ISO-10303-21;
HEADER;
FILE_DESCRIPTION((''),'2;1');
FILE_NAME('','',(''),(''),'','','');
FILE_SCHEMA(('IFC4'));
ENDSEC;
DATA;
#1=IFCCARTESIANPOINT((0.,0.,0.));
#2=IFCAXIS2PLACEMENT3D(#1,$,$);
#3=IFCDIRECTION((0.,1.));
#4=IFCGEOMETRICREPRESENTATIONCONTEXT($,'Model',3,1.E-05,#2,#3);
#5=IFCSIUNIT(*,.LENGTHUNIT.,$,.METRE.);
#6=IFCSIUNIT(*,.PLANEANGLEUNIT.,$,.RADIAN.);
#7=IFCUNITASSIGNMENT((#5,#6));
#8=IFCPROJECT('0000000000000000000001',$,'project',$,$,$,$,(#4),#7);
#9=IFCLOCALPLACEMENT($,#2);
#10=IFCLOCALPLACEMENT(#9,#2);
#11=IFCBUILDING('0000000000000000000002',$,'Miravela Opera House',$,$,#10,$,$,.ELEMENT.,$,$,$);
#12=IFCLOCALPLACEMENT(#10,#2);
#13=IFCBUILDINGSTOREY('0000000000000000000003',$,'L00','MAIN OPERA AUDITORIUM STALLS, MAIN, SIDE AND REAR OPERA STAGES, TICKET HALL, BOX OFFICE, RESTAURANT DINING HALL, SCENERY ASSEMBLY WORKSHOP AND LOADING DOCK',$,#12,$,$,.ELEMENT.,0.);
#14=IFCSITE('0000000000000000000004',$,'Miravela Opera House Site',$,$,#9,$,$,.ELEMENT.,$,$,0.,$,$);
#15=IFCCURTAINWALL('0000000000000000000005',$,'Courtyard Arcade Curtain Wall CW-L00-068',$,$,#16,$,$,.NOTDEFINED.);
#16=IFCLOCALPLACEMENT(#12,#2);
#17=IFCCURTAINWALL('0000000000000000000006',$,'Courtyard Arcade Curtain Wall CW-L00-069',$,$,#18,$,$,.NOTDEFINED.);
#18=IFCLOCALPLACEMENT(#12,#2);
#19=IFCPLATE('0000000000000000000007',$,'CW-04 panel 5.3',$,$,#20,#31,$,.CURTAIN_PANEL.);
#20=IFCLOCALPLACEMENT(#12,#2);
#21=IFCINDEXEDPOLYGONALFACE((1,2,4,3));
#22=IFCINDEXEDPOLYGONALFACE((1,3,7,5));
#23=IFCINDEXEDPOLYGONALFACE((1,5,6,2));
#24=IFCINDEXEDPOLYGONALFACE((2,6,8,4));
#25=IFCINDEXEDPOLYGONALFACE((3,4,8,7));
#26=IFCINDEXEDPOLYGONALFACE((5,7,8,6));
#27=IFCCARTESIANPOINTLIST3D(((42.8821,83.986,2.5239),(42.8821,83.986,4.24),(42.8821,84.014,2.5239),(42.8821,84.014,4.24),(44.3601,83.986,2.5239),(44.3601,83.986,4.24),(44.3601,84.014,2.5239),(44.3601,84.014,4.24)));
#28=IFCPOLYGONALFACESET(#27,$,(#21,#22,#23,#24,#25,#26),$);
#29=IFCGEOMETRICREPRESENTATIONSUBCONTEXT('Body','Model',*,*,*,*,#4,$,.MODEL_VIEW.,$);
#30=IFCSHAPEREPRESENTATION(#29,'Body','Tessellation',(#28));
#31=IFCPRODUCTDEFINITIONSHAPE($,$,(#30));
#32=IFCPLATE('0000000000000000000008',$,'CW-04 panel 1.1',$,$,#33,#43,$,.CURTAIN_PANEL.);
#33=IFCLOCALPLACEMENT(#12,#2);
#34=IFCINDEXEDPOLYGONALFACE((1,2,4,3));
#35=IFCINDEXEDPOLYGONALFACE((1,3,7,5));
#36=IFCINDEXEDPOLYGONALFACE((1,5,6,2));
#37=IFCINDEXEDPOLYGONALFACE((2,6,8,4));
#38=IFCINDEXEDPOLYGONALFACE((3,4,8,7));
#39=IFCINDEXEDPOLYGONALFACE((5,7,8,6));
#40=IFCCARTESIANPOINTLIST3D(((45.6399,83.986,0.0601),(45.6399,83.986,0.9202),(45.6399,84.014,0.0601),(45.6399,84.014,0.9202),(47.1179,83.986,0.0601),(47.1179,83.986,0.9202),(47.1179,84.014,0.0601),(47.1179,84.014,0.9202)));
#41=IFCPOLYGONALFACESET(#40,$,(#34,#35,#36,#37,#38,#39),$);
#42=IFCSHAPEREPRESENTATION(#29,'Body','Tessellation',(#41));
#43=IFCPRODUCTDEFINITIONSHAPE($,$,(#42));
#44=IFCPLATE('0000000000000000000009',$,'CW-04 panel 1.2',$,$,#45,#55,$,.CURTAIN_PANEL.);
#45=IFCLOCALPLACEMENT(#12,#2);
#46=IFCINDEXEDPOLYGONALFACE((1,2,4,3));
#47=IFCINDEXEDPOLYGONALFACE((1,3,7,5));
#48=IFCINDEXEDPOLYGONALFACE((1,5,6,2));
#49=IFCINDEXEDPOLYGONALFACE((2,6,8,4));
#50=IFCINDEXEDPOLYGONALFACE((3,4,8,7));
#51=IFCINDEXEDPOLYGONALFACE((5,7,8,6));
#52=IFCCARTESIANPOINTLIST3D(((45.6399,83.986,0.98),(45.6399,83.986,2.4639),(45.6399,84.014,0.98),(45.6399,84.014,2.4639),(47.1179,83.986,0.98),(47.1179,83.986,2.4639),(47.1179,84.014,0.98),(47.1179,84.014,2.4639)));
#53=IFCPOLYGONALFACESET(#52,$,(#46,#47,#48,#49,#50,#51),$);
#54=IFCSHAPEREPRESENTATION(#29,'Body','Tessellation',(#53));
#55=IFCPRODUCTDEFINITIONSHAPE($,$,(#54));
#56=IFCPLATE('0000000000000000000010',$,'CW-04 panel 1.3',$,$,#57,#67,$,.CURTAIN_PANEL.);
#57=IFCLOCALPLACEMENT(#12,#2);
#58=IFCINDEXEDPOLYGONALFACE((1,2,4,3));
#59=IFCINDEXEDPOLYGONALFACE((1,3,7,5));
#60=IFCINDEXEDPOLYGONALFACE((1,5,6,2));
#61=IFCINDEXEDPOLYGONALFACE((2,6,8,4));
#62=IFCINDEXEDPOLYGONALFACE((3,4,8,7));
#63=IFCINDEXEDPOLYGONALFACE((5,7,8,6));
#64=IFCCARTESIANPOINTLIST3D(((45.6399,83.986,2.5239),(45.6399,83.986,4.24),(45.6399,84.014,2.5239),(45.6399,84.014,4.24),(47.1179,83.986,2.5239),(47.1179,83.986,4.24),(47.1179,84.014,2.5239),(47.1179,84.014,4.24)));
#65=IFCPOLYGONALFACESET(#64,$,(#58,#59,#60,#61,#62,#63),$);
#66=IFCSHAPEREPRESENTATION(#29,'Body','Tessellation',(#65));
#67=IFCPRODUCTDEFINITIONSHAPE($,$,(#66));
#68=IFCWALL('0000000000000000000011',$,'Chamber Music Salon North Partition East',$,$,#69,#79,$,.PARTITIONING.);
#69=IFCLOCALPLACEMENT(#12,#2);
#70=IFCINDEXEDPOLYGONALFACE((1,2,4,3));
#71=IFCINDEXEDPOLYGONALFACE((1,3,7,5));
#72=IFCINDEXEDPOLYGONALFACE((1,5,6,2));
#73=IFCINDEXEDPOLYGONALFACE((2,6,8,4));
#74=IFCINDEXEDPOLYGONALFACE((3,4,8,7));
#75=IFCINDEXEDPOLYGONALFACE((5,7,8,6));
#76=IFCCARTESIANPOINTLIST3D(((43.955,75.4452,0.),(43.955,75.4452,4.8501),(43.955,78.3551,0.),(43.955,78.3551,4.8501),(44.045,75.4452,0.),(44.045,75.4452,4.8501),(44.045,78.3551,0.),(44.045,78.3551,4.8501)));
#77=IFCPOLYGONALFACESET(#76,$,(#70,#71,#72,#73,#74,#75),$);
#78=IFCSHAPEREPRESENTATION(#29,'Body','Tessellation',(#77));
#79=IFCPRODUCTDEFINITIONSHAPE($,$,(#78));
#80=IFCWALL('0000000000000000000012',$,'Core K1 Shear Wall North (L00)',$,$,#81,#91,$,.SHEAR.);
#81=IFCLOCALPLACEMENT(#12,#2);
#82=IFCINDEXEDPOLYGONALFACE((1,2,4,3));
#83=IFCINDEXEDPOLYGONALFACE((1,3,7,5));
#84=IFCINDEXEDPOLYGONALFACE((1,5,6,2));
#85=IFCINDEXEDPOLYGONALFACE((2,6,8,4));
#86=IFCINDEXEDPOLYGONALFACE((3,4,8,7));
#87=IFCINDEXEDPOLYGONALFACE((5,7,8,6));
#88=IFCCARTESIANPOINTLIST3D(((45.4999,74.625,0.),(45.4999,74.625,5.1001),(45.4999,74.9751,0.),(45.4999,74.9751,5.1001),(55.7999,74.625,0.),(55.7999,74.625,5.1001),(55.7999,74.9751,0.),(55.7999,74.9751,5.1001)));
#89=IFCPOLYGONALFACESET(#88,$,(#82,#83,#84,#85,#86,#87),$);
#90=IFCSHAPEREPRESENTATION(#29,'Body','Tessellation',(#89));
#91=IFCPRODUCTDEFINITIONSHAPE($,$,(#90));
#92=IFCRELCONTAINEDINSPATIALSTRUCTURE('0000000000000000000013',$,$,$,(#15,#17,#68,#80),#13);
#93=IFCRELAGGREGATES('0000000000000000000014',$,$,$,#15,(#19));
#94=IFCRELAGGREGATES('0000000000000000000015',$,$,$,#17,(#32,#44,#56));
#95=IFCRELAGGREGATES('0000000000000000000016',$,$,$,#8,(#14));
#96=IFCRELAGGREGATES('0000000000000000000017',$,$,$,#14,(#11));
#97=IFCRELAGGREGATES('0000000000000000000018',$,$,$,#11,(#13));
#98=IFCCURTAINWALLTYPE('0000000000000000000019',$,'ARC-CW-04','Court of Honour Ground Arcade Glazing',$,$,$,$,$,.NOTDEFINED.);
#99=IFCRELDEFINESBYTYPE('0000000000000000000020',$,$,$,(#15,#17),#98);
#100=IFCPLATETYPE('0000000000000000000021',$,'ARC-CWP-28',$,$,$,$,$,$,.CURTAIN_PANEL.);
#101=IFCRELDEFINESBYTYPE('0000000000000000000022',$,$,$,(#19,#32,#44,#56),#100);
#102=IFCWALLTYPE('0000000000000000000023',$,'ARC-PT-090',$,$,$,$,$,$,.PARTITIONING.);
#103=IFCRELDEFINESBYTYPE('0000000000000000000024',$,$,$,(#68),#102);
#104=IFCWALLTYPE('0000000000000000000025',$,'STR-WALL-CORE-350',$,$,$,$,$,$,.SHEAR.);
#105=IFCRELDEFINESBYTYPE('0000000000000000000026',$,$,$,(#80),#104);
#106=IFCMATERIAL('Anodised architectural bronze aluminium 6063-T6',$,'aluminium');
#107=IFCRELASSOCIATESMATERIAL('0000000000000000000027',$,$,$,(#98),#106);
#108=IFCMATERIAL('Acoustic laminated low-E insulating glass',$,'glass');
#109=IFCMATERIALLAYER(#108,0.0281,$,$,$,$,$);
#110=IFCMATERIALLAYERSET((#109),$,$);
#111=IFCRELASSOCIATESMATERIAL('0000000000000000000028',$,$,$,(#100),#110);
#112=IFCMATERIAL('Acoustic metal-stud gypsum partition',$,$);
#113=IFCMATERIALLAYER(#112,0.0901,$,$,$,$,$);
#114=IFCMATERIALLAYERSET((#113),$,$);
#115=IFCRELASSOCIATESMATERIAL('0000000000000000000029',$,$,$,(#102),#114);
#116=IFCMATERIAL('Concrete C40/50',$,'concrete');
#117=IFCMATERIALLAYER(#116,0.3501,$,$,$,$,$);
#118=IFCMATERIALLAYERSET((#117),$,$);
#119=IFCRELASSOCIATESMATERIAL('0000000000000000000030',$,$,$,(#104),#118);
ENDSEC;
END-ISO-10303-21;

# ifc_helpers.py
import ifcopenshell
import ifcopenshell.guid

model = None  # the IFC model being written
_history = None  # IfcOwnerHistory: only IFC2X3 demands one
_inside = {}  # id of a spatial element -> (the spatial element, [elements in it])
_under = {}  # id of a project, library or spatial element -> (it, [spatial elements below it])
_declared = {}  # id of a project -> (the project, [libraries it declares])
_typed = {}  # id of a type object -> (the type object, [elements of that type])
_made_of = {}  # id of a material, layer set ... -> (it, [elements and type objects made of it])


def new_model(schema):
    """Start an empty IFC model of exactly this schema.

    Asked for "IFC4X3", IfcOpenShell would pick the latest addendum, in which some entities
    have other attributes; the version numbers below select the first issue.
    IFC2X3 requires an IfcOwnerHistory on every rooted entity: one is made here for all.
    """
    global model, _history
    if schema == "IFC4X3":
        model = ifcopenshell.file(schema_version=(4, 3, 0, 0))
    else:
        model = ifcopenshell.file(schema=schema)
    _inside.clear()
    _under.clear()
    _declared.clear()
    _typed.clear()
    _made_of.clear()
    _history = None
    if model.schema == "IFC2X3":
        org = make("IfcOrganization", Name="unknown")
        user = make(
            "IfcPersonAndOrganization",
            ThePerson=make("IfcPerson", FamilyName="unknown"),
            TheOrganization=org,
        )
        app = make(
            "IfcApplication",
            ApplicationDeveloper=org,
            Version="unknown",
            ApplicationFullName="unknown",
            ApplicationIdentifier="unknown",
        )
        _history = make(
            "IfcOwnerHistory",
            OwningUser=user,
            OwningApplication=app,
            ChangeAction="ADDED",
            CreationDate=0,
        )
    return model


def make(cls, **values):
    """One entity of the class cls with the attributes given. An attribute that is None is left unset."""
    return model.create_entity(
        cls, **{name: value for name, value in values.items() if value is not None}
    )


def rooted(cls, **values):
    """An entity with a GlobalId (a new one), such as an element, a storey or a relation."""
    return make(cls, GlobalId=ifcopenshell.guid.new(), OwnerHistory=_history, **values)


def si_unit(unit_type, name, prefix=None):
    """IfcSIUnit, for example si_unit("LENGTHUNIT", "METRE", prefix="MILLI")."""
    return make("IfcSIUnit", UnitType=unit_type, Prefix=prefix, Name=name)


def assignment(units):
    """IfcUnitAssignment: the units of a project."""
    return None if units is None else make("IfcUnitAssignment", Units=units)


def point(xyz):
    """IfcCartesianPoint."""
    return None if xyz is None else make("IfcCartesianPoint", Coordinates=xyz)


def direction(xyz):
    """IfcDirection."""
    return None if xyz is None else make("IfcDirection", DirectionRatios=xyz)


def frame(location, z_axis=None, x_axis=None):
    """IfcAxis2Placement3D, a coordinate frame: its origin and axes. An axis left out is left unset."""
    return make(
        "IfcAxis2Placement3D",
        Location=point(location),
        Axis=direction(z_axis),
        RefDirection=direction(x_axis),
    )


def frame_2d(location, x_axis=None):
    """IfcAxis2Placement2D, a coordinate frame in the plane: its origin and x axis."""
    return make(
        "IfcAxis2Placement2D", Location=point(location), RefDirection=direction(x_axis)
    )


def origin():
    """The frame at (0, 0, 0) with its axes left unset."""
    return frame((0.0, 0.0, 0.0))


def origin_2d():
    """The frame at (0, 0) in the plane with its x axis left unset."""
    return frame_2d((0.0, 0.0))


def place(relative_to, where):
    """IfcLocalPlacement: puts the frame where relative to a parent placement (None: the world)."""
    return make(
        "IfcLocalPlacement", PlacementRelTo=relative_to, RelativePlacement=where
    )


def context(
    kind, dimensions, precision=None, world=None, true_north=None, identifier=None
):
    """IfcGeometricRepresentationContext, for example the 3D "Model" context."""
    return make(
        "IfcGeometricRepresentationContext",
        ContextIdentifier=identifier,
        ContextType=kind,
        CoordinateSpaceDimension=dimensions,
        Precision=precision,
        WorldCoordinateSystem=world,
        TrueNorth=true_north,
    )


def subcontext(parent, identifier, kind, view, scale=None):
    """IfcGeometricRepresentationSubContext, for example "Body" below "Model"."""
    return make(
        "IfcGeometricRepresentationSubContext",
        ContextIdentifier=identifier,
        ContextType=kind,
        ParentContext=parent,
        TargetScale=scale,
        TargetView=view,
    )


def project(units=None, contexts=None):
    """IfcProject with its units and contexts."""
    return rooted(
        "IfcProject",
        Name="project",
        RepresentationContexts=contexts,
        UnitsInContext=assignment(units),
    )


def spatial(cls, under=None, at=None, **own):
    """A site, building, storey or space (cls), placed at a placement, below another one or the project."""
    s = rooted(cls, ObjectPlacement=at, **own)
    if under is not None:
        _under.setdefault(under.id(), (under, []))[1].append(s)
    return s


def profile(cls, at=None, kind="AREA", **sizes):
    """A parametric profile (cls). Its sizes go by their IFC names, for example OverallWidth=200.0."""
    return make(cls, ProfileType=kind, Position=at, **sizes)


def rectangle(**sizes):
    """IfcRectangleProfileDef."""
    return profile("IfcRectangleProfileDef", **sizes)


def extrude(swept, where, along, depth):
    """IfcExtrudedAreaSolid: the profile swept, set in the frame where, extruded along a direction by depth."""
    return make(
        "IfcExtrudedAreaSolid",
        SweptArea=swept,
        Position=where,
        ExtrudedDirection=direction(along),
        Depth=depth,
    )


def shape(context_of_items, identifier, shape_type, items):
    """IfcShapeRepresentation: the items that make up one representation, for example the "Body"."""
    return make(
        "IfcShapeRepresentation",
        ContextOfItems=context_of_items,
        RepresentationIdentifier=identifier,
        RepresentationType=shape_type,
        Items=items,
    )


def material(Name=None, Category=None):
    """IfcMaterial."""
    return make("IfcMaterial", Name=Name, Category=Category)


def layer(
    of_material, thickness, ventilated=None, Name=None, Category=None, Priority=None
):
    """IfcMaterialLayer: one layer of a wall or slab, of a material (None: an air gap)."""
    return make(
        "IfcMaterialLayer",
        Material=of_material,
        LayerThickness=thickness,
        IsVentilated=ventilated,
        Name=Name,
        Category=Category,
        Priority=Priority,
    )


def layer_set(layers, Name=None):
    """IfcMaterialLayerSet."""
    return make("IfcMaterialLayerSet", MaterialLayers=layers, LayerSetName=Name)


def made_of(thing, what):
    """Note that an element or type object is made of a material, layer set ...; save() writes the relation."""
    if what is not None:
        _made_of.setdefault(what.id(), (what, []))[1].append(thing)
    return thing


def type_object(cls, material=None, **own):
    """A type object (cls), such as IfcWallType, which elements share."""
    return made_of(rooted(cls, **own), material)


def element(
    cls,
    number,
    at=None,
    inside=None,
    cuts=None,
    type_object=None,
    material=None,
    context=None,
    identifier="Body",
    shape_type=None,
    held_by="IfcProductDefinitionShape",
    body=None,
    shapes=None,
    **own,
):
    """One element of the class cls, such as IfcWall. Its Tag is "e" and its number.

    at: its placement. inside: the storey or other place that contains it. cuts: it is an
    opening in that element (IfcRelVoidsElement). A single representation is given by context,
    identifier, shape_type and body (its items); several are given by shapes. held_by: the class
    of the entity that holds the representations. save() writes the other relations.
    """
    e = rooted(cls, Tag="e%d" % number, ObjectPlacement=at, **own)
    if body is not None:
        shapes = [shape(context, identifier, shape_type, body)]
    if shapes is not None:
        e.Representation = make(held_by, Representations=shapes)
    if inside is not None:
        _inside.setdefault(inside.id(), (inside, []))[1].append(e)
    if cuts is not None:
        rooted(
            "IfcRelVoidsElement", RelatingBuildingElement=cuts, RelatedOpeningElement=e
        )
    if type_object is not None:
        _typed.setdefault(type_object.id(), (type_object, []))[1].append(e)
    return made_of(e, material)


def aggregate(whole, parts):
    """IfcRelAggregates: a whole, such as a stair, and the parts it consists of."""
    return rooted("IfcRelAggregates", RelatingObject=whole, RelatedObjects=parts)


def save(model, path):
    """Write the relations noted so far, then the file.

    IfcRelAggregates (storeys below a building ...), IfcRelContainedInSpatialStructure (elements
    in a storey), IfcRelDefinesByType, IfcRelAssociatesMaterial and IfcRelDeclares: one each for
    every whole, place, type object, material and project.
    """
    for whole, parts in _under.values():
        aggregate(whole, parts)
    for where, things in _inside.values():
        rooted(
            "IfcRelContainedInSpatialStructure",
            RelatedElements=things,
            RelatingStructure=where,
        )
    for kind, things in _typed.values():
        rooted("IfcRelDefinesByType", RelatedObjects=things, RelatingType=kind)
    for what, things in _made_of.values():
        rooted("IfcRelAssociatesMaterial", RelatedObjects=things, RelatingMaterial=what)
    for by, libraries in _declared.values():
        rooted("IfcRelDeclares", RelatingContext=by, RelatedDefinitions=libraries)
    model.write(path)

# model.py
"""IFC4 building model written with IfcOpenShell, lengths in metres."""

from ifc_helpers import new_model, si_unit, direction, frame, frame_2d, origin, origin_2d, place, context, subcontext, project, spatial, rectangle, extrude, material, layer, layer_set, type_object, element, aggregate, save


model = new_model("IFC4")

# Units and contexts
model_context = context("Model", 3, precision=1e-05, world=origin(), true_north=direction((0.0, 1.0)))
body_context = subcontext(model_context, "Body", "Model", "MODEL_VIEW")
ifc_project = project(units=[si_unit("LENGTHUNIT", "METRE"), si_unit("PLANEANGLEUNIT", "RADIAN")], contexts=[model_context])

# Site, building, storey
site_placement = place(None, origin())
site = spatial("IfcSite", under=ifc_project, at=site_placement, Name="Miravela Opera House Site", CompositionType="ELEMENT", RefElevation=0.0)
building_placement = place(site_placement, origin())
building = spatial("IfcBuilding", under=site, at=building_placement, Name="Miravela Opera House", CompositionType="ELEMENT")
storey_placement = place(building_placement, origin())
storey = spatial("IfcBuildingStorey", under=building, at=storey_placement, Name="L00", Description="MAIN OPERA AUDITORIUM STALLS, MAIN, SIDE AND REAR OPERA STAGES, TICKET HALL, BOX OFFICE, RESTAURANT DINING HALL, SCENERY ASSEMBLY WORKSHOP AND LOADING DOCK", CompositionType="ELEMENT", Elevation=0.0)

# Shared definitions
ifc_material_1 = material(Name="Concrete C40/50", Category="concrete")

# Curtain wall
ifc_material_2 = material(Name="Anodised architectural bronze aluminium 6063-T6", Category="aluminium")
curtain_wall_type = type_object("IfcCurtainWallType", Name="ARC-CW-04", Description="Court of Honour Ground Arcade Glazing", PredefinedType="NOTDEFINED", material=ifc_material_2)
curtain_wall_1_placement = place(storey_placement, origin())
curtain_wall_1 = element("IfcCurtainWall", 1, at=curtain_wall_1_placement, inside=storey, type_object=curtain_wall_type, Name="Courtyard Arcade Curtain Wall CW-L00-068", PredefinedType="NOTDEFINED")

# Curtain wall
curtain_wall_2_placement = place(storey_placement, origin())
curtain_wall_2 = element("IfcCurtainWall", 2, at=curtain_wall_2_placement, inside=storey, type_object=curtain_wall_type, Name="Courtyard Arcade Curtain Wall CW-L00-069", PredefinedType="NOTDEFINED")

# Plates
ifc_material_3 = material(Name="Acoustic laminated low-E insulating glass", Category="glass")
ifc_layer_1 = layer(ifc_material_3, 0.0281)
ifc_layer_set_1 = layer_set([ifc_layer_1])
plate_type = type_object("IfcPlateType", Name="ARC-CWP-28", PredefinedType="CURTAIN_PANEL", material=ifc_layer_set_1)
plate_1_placement = place(storey_placement, frame((43.6211, 84.0, 2.5239), z_axis=(0.0, 0.0, 1.0), x_axis=(1.0, 0.0, 0.0)))
plate_1 = element("IfcPlate", 3, at=plate_1_placement, type_object=plate_type, Name="CW-04 panel 5.3", PredefinedType="CURTAIN_PANEL", context=body_context, shape_type="SweptSolid", body=[
    extrude(rectangle(XDim=1.478, YDim=0.0281, at=origin_2d()), origin(), (0.0, 0.0, 1.0), 1.7161),
])
aggregate(curtain_wall_1, [plate_1])
plate_2_placement = place(storey_placement, frame((46.3789, 84.0, 0.0601), z_axis=(0.0, 0.0, 1.0), x_axis=(1.0, 0.0, 0.0)))
plate_2 = element("IfcPlate", 4, at=plate_2_placement, type_object=plate_type, Name="CW-04 panel 1.1", PredefinedType="CURTAIN_PANEL", context=body_context, shape_type="SweptSolid", body=[
    extrude(rectangle(XDim=1.478, YDim=0.0281, at=origin_2d()), origin(), (0.0, 0.0, 1.0), 0.8601),
])
plate_3_placement = place(storey_placement, frame((46.3789, 84.0, 0.98), z_axis=(0.0, 0.0, 1.0), x_axis=(1.0, 0.0, 0.0)))
plate_3 = element("IfcPlate", 5, at=plate_3_placement, type_object=plate_type, Name="CW-04 panel 1.2", PredefinedType="CURTAIN_PANEL", context=body_context, shape_type="SweptSolid", body=[
    extrude(rectangle(XDim=1.478, YDim=0.0281, at=origin_2d()), origin(), (0.0, 0.0, 1.0), 1.4839),
])
plate_4_placement = place(storey_placement, frame((46.3789, 84.0, 2.5239), z_axis=(0.0, 0.0, 1.0), x_axis=(1.0, 0.0, 0.0)))
plate_4 = element("IfcPlate", 6, at=plate_4_placement, type_object=plate_type, Name="CW-04 panel 1.3", PredefinedType="CURTAIN_PANEL", context=body_context, shape_type="SweptSolid", body=[
    extrude(rectangle(XDim=1.478, YDim=0.0281, at=origin_2d()), origin(), (0.0, 0.0, 1.0), 1.7161),
])
aggregate(curtain_wall_2, [plate_2, plate_3, plate_4])

# Walls
ifc_material_4 = material(Name="Acoustic metal-stud gypsum partition")
ifc_layer_2 = layer(ifc_material_4, 0.0901)
ifc_layer_set_2 = layer_set([ifc_layer_2])
wall_type_1 = type_object("IfcWallType", Name="ARC-PT-090", PredefinedType="PARTITIONING", material=ifc_layer_set_2)
wall_1_placement = place(storey_placement, frame((44.0, 75.4451, 0.0), z_axis=(0.0, 0.0, 1.0), x_axis=(0.0, 1.0, 0.0)))
element("IfcWall", 7, at=wall_1_placement, inside=storey, type_object=wall_type_1, Name="Chamber Music Salon North Partition East", PredefinedType="PARTITIONING", context=body_context, shape_type="SweptSolid", body=[
    extrude(rectangle(XDim=2.9099, YDim=0.0901, at=frame_2d((1.4551, 0.0))), origin(), (0.0, 0.0, 1.0), 4.8501),
])
ifc_layer_3 = layer(ifc_material_1, 0.3501)
ifc_layer_set_3 = layer_set([ifc_layer_3])
wall_type_2 = type_object("IfcWallType", Name="STR-WALL-CORE-350", PredefinedType="SHEAR", material=ifc_layer_set_3)
wall_2_placement = place(storey_placement, frame((45.5, 74.8, 0.0), z_axis=(0.0, 0.0, 1.0), x_axis=(1.0, 0.0, 0.0)))
element("IfcWall", 8, at=wall_2_placement, inside=storey, type_object=wall_type_2, Name="Core K1 Shear Wall North (L00)", PredefinedType="SHEAR", context=body_context, shape_type="SweptSolid", body=[
    extrude(rectangle(XDim=10.3, YDim=0.3501, at=frame_2d((5.1499, 0.0))), origin(), (0.0, 0.0, 1.0), 5.1001),
])

save(model, "model.ifc")
